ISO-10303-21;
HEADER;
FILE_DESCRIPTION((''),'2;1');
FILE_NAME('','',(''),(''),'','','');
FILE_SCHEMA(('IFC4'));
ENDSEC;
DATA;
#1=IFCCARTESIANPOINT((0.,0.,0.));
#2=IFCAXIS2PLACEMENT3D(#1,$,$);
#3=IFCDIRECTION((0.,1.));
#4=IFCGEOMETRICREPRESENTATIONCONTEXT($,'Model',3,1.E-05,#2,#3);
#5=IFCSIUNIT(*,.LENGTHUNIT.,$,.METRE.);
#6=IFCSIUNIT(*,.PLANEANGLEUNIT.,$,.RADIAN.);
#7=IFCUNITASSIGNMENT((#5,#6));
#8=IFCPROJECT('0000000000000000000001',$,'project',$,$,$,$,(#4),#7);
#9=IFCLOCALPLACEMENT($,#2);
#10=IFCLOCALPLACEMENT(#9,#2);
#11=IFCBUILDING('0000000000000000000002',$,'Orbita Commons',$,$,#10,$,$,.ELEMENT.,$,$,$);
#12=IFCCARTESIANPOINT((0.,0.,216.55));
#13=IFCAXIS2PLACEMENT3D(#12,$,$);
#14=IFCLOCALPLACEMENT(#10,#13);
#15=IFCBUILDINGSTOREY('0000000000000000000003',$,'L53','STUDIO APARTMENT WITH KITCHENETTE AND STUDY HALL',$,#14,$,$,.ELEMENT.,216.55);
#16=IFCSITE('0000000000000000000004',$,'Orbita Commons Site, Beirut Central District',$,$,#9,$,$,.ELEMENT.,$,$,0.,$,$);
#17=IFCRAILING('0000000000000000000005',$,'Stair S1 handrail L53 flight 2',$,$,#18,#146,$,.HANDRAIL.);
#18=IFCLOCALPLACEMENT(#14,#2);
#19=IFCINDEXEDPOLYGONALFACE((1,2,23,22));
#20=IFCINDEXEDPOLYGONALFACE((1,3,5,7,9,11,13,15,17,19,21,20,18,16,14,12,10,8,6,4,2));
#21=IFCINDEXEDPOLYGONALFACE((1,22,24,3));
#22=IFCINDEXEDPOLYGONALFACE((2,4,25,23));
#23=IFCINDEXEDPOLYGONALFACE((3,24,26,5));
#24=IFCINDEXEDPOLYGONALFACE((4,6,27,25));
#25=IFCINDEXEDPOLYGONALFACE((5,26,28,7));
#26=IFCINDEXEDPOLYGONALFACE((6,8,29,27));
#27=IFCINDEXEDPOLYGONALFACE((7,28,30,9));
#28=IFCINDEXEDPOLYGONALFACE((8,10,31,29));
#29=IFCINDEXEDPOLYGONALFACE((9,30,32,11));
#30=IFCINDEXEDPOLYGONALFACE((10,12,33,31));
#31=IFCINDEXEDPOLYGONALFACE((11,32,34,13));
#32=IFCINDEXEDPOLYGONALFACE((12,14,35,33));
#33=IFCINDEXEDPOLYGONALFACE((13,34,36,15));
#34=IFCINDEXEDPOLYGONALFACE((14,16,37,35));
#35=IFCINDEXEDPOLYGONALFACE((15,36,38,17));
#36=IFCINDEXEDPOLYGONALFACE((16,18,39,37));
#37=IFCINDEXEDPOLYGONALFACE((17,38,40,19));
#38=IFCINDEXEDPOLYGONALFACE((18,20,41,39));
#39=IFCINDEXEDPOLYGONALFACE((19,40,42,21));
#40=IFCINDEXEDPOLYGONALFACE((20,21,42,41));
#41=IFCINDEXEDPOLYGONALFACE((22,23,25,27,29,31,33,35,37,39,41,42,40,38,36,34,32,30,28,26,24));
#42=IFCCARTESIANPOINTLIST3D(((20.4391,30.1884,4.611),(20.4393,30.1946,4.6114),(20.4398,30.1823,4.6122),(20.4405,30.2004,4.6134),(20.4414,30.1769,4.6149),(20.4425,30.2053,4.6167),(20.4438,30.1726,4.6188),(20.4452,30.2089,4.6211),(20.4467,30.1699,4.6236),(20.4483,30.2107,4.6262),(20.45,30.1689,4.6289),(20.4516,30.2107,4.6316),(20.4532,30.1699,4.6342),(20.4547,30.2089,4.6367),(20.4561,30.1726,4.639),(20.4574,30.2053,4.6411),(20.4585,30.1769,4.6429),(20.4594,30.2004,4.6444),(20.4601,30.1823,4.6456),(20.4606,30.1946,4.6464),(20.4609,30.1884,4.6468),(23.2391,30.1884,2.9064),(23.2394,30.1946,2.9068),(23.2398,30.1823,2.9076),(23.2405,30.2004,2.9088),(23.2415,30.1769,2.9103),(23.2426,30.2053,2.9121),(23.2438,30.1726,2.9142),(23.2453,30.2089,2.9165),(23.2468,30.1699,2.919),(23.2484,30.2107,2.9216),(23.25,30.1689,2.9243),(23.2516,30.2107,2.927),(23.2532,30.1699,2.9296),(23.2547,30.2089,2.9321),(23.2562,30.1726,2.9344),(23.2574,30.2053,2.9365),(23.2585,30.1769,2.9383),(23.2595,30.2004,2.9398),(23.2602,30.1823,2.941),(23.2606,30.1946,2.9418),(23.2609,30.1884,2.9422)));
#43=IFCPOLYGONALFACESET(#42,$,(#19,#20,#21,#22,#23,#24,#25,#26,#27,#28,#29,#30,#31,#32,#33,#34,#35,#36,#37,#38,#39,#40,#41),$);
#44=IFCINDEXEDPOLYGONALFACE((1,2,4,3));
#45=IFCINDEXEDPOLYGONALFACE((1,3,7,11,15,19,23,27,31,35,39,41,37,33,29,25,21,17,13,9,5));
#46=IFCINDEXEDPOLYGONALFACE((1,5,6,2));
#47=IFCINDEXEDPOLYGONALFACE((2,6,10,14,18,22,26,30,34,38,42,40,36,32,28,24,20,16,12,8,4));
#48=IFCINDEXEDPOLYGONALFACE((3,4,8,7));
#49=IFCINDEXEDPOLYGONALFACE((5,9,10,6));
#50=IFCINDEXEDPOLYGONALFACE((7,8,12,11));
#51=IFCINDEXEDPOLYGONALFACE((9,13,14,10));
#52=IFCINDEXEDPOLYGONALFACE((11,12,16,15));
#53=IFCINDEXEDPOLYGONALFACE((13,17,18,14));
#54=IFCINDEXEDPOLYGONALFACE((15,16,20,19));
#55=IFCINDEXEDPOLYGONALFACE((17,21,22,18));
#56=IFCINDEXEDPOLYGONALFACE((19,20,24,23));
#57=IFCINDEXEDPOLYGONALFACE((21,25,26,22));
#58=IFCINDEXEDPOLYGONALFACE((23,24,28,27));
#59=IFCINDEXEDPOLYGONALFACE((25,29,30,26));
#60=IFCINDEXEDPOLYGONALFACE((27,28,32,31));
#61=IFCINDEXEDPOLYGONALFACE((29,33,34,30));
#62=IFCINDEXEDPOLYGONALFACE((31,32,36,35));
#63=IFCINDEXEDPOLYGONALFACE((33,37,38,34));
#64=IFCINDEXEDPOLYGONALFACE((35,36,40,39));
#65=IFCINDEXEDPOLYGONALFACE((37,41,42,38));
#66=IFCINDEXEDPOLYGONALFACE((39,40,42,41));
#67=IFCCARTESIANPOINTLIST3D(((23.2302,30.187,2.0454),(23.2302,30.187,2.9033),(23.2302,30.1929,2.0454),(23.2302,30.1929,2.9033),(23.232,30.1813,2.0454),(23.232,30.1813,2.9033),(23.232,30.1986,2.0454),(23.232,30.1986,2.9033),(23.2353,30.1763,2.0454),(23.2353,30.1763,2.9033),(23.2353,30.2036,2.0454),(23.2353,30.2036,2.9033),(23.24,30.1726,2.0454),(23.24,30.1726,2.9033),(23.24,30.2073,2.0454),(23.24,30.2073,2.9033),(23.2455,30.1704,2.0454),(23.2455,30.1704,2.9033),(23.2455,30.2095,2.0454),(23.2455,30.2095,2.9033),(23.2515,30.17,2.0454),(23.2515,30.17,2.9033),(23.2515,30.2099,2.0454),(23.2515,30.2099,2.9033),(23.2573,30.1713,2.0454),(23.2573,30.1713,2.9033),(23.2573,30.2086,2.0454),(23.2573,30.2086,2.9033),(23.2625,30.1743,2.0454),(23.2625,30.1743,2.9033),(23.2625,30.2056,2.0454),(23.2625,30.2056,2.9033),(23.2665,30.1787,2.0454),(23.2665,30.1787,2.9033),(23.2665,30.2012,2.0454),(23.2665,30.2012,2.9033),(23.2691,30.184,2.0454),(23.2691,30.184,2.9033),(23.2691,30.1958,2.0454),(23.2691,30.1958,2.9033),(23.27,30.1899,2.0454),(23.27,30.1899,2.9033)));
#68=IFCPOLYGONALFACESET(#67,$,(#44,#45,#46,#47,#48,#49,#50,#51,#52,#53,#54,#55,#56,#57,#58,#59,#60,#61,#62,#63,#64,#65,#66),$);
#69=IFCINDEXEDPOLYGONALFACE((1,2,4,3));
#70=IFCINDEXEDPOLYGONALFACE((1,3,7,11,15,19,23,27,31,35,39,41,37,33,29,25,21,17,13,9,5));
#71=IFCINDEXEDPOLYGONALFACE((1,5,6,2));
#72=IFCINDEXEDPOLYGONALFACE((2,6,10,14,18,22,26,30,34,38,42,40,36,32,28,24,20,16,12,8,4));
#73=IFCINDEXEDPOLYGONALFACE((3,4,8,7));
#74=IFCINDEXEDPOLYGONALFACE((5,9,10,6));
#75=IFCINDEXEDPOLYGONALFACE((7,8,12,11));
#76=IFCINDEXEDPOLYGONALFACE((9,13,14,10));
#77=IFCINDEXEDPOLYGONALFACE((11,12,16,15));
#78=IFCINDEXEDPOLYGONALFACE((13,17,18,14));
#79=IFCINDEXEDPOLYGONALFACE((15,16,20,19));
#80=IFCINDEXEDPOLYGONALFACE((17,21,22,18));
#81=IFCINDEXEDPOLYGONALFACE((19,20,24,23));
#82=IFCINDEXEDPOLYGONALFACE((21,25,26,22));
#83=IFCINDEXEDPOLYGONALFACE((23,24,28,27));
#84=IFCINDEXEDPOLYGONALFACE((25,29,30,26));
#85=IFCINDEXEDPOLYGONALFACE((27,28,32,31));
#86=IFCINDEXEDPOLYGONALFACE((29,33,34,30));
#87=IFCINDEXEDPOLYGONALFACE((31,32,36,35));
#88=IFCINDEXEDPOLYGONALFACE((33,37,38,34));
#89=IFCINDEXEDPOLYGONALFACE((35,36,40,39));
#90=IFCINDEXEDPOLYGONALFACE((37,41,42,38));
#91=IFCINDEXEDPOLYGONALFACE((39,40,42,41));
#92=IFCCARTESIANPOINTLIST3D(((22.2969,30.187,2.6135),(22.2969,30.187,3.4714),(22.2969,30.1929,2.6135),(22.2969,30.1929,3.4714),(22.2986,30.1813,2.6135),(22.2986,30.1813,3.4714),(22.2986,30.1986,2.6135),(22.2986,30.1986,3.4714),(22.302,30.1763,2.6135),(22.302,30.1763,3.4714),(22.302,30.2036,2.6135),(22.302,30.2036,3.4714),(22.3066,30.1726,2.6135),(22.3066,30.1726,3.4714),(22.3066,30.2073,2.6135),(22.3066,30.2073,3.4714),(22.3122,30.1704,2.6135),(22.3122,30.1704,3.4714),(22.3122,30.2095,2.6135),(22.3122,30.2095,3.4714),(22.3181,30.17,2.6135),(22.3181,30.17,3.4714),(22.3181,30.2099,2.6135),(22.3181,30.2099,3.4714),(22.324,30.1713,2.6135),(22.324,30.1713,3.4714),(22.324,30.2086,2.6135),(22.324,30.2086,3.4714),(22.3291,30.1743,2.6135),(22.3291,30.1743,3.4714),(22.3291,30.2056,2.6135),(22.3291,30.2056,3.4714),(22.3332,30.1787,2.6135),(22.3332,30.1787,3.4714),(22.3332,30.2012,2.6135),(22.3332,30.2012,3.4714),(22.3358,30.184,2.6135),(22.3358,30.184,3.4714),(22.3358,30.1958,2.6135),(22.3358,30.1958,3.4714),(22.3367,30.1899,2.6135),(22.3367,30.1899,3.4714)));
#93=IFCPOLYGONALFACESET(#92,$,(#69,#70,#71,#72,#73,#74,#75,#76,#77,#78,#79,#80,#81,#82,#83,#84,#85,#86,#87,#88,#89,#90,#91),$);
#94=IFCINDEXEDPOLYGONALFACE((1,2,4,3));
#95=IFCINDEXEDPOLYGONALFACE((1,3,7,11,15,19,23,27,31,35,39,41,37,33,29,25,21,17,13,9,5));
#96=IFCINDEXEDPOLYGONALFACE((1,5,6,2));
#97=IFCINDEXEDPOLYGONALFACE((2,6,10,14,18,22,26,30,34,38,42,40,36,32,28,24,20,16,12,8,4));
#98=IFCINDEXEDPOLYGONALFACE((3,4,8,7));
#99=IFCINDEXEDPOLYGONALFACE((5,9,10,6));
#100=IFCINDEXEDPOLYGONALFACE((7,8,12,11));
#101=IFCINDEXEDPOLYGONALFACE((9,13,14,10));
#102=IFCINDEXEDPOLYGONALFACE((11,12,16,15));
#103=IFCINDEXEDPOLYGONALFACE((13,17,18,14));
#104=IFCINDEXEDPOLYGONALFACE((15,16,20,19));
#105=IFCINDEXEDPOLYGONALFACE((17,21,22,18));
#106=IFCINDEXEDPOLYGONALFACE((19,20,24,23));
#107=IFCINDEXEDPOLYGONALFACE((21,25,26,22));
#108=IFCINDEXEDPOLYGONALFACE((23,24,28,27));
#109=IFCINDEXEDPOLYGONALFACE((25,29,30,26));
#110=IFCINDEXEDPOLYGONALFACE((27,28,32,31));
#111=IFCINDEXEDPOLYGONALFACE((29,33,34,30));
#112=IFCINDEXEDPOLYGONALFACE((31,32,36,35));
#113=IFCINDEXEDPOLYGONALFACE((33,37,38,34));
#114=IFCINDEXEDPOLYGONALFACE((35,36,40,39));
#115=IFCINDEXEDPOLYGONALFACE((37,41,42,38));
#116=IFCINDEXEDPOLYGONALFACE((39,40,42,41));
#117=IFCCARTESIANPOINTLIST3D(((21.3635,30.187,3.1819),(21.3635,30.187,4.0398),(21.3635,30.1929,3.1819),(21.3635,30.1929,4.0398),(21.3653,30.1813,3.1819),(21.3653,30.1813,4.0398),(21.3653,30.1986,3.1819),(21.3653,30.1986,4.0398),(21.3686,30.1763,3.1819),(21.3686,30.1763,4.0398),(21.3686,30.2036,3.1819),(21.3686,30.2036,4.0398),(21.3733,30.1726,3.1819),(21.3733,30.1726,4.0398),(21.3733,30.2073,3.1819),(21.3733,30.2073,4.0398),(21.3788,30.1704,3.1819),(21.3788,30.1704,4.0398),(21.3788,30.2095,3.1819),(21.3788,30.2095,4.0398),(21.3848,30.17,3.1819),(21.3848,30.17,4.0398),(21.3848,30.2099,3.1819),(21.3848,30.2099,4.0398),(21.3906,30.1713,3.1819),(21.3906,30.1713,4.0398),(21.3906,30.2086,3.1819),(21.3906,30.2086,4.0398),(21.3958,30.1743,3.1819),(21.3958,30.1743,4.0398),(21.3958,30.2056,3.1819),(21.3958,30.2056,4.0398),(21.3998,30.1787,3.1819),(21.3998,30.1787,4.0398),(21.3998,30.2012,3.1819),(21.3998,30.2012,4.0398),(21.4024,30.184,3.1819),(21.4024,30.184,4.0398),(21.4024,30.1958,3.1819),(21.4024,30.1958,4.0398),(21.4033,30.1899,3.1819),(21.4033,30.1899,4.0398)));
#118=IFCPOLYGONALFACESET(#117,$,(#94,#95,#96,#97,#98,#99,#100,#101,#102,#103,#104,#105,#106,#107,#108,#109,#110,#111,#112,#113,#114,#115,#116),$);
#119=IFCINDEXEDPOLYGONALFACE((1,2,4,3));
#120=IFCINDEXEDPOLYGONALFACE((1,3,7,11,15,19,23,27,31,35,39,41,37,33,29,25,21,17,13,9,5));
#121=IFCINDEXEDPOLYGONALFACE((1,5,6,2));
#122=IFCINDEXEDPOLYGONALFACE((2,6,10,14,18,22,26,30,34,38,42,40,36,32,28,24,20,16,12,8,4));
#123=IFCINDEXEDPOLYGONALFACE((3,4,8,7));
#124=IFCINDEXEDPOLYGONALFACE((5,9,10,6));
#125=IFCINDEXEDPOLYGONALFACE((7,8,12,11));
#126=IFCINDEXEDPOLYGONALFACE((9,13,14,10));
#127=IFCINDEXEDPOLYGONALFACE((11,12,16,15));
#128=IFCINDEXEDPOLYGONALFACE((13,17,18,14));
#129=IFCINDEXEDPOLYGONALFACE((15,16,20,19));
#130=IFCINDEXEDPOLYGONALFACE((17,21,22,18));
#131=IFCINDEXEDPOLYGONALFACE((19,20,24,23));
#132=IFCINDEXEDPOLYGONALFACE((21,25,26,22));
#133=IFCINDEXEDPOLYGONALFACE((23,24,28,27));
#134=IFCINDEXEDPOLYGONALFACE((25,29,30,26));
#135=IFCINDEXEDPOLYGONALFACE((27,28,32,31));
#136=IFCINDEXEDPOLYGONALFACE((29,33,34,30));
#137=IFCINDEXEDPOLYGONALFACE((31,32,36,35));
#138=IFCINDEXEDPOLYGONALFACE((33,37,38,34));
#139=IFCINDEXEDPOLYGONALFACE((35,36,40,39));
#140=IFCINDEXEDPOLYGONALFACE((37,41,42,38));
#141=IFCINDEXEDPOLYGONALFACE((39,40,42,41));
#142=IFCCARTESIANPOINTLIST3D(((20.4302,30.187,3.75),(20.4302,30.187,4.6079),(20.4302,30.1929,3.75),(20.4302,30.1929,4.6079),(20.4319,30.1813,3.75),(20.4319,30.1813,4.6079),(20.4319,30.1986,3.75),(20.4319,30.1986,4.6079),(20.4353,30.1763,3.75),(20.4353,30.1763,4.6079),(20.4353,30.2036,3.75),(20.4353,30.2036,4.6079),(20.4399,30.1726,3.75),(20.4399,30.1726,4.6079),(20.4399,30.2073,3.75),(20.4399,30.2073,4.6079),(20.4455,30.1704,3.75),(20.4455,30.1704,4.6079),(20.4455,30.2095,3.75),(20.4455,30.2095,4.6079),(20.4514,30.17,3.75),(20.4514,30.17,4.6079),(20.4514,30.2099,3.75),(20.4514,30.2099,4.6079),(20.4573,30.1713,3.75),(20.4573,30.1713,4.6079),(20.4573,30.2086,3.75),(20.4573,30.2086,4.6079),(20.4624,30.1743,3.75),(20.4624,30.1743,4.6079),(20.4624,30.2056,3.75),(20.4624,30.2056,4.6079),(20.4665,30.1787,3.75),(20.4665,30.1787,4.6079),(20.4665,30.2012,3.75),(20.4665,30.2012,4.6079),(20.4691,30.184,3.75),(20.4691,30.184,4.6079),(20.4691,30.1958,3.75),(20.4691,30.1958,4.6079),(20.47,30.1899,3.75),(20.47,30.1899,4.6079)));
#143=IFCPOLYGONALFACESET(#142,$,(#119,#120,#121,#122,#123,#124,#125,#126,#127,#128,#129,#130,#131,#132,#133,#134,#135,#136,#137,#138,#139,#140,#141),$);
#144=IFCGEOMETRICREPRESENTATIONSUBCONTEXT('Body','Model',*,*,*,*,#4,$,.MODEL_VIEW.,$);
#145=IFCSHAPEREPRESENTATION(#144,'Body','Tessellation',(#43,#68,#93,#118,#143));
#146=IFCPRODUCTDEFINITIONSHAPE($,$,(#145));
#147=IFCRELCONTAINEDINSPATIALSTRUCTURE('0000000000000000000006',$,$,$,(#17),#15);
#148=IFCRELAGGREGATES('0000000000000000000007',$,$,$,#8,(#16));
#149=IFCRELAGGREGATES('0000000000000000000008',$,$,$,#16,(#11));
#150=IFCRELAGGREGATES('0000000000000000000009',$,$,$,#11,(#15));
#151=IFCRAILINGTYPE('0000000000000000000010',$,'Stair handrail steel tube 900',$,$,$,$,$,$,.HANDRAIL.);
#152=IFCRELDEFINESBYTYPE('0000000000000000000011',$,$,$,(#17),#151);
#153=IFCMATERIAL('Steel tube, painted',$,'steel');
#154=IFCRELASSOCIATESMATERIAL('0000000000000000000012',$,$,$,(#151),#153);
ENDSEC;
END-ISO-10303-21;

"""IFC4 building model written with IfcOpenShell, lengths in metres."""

from ifc_helpers import new_model, si_unit, direction, frame, origin, origin_2d, place, context, subcontext, project, spatial, circle, extrude, material, type_object, element, save


model = new_model("IFC4")

# Units and contexts
model_context = context("Model", 3, precision=1e-05, world=origin(), true_north=direction((0.0, 1.0)))
body_context = subcontext(model_context, "Body", "Model", "MODEL_VIEW")
ifc_project = project(units=[si_unit("LENGTHUNIT", "METRE"), si_unit("PLANEANGLEUNIT", "RADIAN")], contexts=[model_context])

# Site, building, storey
site_placement = place(None, origin())
site = spatial("IfcSite", under=ifc_project, at=site_placement, Name="Orbita Commons Site, Beirut Central District", CompositionType="ELEMENT", RefElevation=0.0)
building_placement = place(site_placement, origin())
building = spatial("IfcBuilding", under=site, at=building_placement, Name="Orbita Commons", CompositionType="ELEMENT")
storey_placement = place(building_placement, frame((0.0, 0.0, 216.55)))
storey = spatial("IfcBuildingStorey", under=building, at=storey_placement, Name="L53", Description="STUDIO APARTMENT WITH KITCHENETTE AND STUDY HALL", CompositionType="ELEMENT", Elevation=216.55)

# Railing
ifc_material_1 = material(Name="Steel tube, painted", Category="steel")
railing_type = type_object("IfcRailingType", Name="Stair handrail steel tube 900", PredefinedType="HANDRAIL", material=ifc_material_1)
for number, where, name in (
    (1, (23.25, 30.1899, 2.0454), "Stair S1 handrail L53 flight 2"),
):
    element("IfcRailing", number, at=place(storey_placement, frame(where)), inside=storey, type_object=railing_type, Name=name, PredefinedType="HANDRAIL", context=body_context, shape_type="SweptSolid", body=[
        extrude(circle(Radius=0.021, at=origin_2d()), frame((0.0, 0.0, 0.8789), z_axis=(-0.85417, 0.0, 0.519994), x_axis=(0.0, -1.0, 0.0)), (0.0, 0.0, 1.0), 3.2781),
        extrude(circle(Radius=0.02, at=origin_2d()), origin(), (0.0, 0.0, 1.0), 0.8579),
        extrude(circle(Radius=0.02, at=origin_2d()), frame((-0.9333, 0.0, 0.5681)), (0.0, 0.0, 1.0), 0.8579),
        extrude(circle(Radius=0.02, at=origin_2d()), frame((-1.8667, 0.0, 1.1365)), (0.0, 0.0, 1.0), 0.8579),
        extrude(circle(Radius=0.02, at=origin_2d()), frame((-2.8, 0.0, 1.7046)), (0.0, 0.0, 1.0), 0.8579),
    ])

save(model, "model.ifc")
